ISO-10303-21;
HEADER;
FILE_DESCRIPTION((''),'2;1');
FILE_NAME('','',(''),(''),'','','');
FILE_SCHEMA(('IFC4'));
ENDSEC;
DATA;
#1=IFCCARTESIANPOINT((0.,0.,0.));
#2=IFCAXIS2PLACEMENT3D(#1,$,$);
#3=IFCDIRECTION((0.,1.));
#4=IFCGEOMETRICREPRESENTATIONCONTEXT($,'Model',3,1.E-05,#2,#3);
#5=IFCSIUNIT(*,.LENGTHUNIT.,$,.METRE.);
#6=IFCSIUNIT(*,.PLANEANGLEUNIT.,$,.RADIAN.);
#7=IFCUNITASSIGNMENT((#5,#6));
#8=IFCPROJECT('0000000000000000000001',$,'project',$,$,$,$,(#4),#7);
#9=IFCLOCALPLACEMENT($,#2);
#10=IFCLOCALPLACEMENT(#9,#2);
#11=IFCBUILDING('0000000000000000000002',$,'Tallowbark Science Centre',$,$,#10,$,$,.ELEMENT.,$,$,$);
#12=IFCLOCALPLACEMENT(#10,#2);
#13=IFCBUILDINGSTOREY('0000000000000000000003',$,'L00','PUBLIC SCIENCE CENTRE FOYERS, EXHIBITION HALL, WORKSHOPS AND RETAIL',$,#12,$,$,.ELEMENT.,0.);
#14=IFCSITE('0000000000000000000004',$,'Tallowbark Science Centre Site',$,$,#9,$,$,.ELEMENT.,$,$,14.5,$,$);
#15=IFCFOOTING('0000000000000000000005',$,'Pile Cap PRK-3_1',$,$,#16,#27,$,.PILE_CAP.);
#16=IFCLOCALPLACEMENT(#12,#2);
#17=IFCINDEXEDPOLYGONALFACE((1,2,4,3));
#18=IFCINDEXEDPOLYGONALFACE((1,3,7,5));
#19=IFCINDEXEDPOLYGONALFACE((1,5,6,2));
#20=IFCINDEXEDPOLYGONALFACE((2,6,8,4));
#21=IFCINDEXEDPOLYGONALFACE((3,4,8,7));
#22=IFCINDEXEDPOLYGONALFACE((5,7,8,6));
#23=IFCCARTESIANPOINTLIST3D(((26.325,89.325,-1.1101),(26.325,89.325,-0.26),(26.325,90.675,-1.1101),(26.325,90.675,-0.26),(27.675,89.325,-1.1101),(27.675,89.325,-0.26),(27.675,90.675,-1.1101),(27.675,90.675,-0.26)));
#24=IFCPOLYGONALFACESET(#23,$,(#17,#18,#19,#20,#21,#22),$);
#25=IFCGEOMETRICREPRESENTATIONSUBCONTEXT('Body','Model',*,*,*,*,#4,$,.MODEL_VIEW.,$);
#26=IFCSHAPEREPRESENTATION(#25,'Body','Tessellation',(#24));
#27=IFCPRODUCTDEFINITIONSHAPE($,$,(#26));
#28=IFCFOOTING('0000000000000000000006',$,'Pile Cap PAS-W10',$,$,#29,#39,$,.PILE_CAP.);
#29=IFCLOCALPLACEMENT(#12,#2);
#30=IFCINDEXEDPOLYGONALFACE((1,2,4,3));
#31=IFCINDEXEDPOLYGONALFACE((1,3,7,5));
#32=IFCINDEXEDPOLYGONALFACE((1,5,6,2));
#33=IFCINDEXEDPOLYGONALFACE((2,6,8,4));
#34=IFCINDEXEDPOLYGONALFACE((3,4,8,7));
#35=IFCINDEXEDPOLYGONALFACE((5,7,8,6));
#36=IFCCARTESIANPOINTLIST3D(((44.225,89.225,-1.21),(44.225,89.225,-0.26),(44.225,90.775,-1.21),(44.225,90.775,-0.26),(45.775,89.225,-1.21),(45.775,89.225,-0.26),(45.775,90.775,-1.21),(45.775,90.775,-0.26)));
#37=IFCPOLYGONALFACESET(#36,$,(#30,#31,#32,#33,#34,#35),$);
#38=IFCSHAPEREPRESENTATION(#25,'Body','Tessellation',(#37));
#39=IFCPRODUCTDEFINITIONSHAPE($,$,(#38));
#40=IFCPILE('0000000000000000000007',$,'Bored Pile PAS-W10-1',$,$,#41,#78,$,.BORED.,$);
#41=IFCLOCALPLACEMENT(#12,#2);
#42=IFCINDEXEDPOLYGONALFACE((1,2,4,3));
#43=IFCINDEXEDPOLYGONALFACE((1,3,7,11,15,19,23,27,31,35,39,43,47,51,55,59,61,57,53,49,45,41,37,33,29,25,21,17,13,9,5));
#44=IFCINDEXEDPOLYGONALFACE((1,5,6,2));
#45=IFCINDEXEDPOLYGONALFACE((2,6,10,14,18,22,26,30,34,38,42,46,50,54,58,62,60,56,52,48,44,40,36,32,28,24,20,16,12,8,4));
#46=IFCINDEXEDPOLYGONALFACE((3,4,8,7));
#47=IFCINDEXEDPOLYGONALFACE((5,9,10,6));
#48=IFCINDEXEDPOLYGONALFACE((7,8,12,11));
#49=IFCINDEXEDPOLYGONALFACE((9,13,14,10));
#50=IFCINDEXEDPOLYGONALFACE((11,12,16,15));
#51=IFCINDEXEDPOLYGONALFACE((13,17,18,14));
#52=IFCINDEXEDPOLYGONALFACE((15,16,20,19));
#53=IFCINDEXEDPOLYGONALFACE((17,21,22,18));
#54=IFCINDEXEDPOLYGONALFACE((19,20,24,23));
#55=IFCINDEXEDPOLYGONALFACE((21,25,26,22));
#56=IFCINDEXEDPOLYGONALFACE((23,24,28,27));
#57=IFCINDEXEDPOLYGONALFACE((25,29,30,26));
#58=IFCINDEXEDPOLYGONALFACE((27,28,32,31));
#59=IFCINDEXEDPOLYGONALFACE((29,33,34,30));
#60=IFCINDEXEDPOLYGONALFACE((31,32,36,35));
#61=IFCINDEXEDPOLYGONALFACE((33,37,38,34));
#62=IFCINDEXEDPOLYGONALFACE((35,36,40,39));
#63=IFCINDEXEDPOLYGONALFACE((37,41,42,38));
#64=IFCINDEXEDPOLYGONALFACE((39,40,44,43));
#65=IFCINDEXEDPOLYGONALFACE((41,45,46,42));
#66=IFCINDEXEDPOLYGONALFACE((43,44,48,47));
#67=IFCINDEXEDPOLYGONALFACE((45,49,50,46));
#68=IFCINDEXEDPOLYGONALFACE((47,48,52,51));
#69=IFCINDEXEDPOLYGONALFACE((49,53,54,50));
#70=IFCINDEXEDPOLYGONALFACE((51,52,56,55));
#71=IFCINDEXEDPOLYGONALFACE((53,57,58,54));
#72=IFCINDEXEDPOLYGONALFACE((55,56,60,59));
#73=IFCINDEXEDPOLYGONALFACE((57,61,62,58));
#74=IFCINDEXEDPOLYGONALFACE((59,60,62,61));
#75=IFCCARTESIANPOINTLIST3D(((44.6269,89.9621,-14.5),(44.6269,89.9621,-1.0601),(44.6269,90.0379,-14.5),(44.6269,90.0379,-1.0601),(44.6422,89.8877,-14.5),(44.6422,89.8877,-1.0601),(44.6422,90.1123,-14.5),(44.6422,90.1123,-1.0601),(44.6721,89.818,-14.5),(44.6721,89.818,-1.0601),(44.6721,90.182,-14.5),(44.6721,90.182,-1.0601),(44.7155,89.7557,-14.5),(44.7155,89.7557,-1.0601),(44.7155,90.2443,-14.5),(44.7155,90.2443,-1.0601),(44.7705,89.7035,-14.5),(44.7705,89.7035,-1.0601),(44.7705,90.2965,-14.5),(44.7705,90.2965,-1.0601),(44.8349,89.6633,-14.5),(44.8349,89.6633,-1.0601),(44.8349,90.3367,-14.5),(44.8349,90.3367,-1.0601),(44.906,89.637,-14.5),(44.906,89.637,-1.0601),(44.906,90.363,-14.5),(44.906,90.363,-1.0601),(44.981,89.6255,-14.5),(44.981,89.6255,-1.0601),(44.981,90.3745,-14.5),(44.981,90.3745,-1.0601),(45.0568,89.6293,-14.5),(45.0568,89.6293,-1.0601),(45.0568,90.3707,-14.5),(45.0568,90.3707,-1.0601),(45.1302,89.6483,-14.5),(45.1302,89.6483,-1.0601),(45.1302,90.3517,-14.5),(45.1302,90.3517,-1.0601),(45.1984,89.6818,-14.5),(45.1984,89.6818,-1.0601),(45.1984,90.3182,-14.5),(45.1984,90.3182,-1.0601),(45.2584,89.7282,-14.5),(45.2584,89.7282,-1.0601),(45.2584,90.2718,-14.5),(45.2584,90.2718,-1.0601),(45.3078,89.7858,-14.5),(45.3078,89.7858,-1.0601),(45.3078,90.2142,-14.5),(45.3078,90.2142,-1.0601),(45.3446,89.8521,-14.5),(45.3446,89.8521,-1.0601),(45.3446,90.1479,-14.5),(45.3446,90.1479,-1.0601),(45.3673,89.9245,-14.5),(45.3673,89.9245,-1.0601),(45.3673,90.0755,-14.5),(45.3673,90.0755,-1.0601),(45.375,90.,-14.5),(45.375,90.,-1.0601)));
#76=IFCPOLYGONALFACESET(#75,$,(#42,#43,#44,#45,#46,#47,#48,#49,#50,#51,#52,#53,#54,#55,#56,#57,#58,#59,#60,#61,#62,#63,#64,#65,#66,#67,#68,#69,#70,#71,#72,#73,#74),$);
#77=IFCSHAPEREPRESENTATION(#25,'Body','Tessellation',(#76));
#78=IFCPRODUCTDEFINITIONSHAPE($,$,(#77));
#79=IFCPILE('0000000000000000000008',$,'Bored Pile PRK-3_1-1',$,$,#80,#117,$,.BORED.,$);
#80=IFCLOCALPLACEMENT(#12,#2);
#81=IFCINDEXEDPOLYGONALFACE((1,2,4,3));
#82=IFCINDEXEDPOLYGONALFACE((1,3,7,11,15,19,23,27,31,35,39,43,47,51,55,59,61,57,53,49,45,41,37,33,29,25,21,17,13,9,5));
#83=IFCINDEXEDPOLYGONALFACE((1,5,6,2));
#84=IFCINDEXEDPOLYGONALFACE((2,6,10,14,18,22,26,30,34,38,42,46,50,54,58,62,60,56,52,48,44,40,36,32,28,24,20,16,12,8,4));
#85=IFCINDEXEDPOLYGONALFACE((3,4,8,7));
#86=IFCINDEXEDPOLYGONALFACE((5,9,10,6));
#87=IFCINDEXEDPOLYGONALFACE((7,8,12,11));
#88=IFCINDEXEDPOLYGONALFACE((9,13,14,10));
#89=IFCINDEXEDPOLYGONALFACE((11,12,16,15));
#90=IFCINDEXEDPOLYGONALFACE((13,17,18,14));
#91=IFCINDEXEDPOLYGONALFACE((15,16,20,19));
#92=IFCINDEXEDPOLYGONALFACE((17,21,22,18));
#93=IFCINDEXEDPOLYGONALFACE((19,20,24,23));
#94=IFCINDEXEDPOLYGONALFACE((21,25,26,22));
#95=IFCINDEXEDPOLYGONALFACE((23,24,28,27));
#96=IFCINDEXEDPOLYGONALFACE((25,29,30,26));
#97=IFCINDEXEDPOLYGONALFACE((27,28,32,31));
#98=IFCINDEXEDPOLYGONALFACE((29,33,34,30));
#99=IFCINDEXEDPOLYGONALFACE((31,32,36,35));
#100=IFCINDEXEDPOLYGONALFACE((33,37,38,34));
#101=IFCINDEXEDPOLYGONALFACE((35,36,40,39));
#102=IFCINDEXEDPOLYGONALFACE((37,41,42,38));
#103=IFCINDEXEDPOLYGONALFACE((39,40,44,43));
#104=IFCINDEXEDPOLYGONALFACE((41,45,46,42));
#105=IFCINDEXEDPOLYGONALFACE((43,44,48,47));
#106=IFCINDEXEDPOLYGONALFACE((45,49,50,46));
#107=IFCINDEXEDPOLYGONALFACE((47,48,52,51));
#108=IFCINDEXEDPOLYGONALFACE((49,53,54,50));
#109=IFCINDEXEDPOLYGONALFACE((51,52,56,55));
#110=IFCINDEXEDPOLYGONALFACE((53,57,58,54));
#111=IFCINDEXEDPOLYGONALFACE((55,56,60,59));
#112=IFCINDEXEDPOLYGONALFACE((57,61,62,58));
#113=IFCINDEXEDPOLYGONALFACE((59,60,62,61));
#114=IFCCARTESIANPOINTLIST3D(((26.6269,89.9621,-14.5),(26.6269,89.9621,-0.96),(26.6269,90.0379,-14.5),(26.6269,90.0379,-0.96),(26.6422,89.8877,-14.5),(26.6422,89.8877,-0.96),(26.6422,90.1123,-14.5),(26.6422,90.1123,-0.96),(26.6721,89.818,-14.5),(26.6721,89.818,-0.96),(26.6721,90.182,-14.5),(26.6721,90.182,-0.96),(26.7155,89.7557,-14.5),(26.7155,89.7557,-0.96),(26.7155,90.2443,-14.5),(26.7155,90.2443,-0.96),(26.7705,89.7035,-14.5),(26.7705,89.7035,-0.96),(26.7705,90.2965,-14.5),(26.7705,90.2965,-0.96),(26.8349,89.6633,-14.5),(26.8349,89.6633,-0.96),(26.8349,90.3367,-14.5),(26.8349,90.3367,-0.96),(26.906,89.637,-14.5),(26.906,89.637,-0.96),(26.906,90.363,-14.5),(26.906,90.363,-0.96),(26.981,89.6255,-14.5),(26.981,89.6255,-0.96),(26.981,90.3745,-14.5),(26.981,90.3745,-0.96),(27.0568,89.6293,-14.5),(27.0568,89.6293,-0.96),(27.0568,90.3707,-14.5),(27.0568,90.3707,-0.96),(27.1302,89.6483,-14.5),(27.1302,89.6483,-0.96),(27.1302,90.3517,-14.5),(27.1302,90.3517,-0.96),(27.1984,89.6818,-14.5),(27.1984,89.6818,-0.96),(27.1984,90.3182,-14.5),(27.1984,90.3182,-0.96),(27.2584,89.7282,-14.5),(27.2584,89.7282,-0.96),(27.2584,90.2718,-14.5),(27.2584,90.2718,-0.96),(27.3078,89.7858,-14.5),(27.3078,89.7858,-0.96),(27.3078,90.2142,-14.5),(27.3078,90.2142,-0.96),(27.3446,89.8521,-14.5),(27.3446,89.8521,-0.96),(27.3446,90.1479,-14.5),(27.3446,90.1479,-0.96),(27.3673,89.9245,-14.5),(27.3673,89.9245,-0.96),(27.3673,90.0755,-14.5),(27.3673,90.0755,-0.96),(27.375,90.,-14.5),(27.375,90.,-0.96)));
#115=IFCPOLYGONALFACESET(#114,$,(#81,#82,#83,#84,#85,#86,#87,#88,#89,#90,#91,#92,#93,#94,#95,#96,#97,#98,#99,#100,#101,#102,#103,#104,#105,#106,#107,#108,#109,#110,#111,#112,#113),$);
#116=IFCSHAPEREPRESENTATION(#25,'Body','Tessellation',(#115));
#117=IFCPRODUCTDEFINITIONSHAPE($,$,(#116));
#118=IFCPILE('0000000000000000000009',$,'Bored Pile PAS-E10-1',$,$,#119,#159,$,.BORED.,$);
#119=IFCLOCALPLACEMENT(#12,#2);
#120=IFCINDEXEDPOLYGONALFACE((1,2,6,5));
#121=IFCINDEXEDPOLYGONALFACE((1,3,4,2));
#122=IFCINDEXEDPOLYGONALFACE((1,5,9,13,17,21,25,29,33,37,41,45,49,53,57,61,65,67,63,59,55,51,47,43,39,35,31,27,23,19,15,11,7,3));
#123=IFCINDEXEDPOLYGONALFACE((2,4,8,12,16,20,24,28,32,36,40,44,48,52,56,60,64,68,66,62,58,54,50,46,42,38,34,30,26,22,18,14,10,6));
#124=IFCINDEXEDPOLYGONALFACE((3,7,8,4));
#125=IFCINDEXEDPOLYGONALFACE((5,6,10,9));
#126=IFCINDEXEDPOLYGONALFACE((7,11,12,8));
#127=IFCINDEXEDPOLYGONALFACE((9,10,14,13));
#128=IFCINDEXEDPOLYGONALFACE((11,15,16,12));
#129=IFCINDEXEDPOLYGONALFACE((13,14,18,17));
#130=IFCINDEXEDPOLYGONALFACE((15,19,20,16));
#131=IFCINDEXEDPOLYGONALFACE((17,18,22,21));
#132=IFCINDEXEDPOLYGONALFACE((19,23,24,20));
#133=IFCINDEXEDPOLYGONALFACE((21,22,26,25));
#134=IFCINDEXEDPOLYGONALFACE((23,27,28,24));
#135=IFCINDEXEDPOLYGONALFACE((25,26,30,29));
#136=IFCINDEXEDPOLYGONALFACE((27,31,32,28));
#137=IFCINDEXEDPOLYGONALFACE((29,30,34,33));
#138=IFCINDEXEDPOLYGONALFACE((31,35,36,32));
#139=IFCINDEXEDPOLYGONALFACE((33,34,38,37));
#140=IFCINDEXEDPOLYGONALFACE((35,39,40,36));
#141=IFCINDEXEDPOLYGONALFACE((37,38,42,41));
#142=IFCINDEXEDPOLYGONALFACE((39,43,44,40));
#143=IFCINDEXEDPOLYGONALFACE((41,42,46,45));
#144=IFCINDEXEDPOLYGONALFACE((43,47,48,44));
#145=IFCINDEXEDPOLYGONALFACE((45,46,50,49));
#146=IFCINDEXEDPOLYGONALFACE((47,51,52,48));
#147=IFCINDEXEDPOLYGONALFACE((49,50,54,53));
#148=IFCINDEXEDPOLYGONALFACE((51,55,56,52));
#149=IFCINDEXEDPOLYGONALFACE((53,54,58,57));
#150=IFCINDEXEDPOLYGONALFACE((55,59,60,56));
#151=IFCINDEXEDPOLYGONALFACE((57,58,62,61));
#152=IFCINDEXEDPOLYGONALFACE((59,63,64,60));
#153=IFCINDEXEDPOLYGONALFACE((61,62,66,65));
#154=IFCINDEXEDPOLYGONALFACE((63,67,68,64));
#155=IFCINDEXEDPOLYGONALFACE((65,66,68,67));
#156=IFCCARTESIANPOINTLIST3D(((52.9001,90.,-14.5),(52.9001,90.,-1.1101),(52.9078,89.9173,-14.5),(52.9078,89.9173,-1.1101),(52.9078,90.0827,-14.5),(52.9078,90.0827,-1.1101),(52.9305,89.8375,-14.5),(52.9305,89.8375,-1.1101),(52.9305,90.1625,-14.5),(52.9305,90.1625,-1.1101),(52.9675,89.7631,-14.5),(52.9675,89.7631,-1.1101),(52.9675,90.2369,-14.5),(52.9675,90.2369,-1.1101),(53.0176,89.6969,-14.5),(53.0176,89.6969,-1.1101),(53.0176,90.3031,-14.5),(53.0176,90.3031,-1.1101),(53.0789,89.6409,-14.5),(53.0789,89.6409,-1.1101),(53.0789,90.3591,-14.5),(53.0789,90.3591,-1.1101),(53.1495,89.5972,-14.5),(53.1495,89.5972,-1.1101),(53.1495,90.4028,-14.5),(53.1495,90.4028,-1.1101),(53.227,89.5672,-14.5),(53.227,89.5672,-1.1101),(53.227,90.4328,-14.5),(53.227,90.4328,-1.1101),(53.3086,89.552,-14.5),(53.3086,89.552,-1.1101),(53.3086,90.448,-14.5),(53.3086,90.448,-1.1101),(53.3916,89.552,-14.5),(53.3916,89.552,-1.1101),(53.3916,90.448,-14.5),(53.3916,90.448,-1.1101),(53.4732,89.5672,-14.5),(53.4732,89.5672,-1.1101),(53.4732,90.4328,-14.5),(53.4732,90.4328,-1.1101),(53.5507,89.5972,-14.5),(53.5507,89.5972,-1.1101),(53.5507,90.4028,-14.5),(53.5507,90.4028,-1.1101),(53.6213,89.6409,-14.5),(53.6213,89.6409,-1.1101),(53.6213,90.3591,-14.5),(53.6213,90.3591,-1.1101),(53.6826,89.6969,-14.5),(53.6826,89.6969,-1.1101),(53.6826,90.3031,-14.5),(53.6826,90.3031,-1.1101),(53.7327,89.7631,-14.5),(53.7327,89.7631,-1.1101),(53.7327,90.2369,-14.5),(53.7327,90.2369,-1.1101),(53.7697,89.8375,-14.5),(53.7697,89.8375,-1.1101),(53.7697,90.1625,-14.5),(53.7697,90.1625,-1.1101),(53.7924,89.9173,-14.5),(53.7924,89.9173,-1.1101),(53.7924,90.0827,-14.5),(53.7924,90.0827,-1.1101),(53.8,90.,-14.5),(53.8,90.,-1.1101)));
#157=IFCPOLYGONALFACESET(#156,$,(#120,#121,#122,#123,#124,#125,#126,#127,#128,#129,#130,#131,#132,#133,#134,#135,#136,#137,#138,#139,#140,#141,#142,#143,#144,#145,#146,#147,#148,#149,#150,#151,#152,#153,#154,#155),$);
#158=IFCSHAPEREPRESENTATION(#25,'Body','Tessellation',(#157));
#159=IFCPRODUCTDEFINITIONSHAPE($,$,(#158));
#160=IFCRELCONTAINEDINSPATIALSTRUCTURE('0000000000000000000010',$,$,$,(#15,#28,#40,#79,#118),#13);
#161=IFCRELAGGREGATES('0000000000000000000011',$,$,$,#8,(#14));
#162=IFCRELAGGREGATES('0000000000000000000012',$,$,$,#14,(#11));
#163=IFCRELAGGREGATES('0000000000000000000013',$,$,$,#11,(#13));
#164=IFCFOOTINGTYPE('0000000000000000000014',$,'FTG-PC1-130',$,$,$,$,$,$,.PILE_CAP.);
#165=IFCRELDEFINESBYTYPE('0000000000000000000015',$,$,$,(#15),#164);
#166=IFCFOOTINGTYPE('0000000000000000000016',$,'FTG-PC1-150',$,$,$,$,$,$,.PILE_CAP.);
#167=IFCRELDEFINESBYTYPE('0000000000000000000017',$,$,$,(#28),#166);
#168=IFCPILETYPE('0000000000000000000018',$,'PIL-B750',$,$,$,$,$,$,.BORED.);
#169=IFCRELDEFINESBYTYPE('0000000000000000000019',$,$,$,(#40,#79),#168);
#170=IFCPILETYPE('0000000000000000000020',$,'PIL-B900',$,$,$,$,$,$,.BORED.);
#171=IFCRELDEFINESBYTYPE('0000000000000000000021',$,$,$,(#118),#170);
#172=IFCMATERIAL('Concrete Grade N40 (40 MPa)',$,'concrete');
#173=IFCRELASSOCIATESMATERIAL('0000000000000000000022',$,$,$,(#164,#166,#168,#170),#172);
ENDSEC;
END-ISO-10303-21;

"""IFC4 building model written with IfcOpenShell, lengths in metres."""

from ifc_helpers import new_model, si_unit, direction, frame, origin, origin_2d, place, context, subcontext, project, spatial, rectangle, circle, extrude, material, material_profile, profile_set, type_object, element, save


model = new_model("IFC4")

# Units and contexts
model_context = context("Model", 3, precision=1e-05, world=origin(), true_north=direction((0.0, 1.0)))
body_context = subcontext(model_context, "Body", "Model", "MODEL_VIEW")
ifc_project = project(units=[si_unit("LENGTHUNIT", "METRE"), si_unit("PLANEANGLEUNIT", "RADIAN")], contexts=[model_context])

# Site, building, storey
site_placement = place(None, origin())
site = spatial("IfcSite", under=ifc_project, at=site_placement, Name="Tallowbark Science Centre Site", CompositionType="ELEMENT", RefElevation=14.5)
building_placement = place(site_placement, origin())
building = spatial("IfcBuilding", under=site, at=building_placement, Name="Tallowbark Science Centre", CompositionType="ELEMENT")
storey_placement = place(building_placement, origin())
storey = spatial("IfcBuildingStorey", under=building, at=storey_placement, Name="L00", Description="PUBLIC SCIENCE CENTRE FOYERS, EXHIBITION HALL, WORKSHOPS AND RETAIL", CompositionType="ELEMENT", Elevation=0.0)

# Footings
ifc_material_1 = material(Name="Concrete Grade N40 (40 MPa)", Category="concrete")
footing_type_1 = type_object("IfcFootingType", Name="FTG-PC1-130", PredefinedType="PILE_CAP", material=ifc_material_1)
footing_1_placement = place(storey_placement, frame((27.0, 90.0, -1.1101), z_axis=(0.0, 0.0, 1.0), x_axis=(1.0, 0.0, 0.0)))
element("IfcFooting", 1, at=footing_1_placement, inside=storey, type_object=footing_type_1, Name="Pile Cap PRK-3_1", PredefinedType="PILE_CAP", context=body_context, shape_type="SweptSolid", body=[
    extrude(rectangle(XDim=1.3501, YDim=1.3501, at=origin_2d()), origin(), (0.0, 0.0, 1.0), 0.8501),
])
footing_type_2 = type_object("IfcFootingType", Name="FTG-PC1-150", PredefinedType="PILE_CAP", material=ifc_material_1)
footing_2_placement = place(storey_placement, frame((45.0, 90.0, -1.21), z_axis=(0.0, 0.0, 1.0), x_axis=(1.0, 0.0, 0.0)))
element("IfcFooting", 2, at=footing_2_placement, inside=storey, type_object=footing_type_2, Name="Pile Cap PAS-W10", PredefinedType="PILE_CAP", context=body_context, shape_type="SweptSolid", body=[
    extrude(rectangle(XDim=1.55, YDim=1.55, at=origin_2d()), origin(), (0.0, 0.0, 1.0), 0.95),
])

# Piles
ifc_material_profile_1 = material_profile(ifc_material_1, circle(Radius=0.375, at=origin_2d()), Name="PILE750")
ifc_profile_set_1 = profile_set([ifc_material_profile_1], Name="Concrete Grade N40 (40 MPa)")
pile_type_1 = type_object("IfcPileType", Name="PIL-B750", PredefinedType="BORED", material=ifc_profile_set_1)
pile_1_placement = place(storey_placement, frame((45.0, 90.0, -1.0601), z_axis=(0.0, 0.0, -1.0), x_axis=(1.0, 0.0, 0.0)))
element("IfcPile", 3, at=pile_1_placement, inside=storey, type_object=pile_type_1, Name="Bored Pile PAS-W10-1", PredefinedType="BORED", context=body_context, shape_type="SweptSolid", body=[
    extrude(circle(Radius=0.375, at=origin_2d()), origin(), (0.0, 0.0, 1.0), 13.4399),
])
pile_2_placement = place(storey_placement, frame((27.0, 90.0, -0.96), z_axis=(0.0, 0.0, -1.0), x_axis=(1.0, 0.0, 0.0)))
element("IfcPile", 4, at=pile_2_placement, inside=storey, type_object=pile_type_1, Name="Bored Pile PRK-3_1-1", PredefinedType="BORED", context=body_context, shape_type="SweptSolid", body=[
    extrude(circle(Radius=0.375, at=origin_2d()), origin(), (0.0, 0.0, 1.0), 13.54),
])
ifc_material_profile_2 = material_profile(ifc_material_1, circle(Radius=0.45, at=origin_2d()), Name="PILE900")
ifc_profile_set_2 = profile_set([ifc_material_profile_2], Name="Concrete Grade N40 (40 MPa)")
pile_type_2 = type_object("IfcPileType", Name="PIL-B900", PredefinedType="BORED", material=ifc_profile_set_2)
pile_3_placement = place(storey_placement, frame((53.3501, 90.0, -1.1101), z_axis=(0.0, 0.0, -1.0), x_axis=(1.0, 0.0, 0.0)))
element("IfcPile", 5, at=pile_3_placement, inside=storey, type_object=pile_type_2, Name="Bored Pile PAS-E10-1", PredefinedType="BORED", context=body_context, shape_type="SweptSolid", body=[
    extrude(circle(Radius=0.45, at=origin_2d()), origin(), (0.0, 0.0, 1.0), 13.3899),
])

save(model, "model.ifc")
